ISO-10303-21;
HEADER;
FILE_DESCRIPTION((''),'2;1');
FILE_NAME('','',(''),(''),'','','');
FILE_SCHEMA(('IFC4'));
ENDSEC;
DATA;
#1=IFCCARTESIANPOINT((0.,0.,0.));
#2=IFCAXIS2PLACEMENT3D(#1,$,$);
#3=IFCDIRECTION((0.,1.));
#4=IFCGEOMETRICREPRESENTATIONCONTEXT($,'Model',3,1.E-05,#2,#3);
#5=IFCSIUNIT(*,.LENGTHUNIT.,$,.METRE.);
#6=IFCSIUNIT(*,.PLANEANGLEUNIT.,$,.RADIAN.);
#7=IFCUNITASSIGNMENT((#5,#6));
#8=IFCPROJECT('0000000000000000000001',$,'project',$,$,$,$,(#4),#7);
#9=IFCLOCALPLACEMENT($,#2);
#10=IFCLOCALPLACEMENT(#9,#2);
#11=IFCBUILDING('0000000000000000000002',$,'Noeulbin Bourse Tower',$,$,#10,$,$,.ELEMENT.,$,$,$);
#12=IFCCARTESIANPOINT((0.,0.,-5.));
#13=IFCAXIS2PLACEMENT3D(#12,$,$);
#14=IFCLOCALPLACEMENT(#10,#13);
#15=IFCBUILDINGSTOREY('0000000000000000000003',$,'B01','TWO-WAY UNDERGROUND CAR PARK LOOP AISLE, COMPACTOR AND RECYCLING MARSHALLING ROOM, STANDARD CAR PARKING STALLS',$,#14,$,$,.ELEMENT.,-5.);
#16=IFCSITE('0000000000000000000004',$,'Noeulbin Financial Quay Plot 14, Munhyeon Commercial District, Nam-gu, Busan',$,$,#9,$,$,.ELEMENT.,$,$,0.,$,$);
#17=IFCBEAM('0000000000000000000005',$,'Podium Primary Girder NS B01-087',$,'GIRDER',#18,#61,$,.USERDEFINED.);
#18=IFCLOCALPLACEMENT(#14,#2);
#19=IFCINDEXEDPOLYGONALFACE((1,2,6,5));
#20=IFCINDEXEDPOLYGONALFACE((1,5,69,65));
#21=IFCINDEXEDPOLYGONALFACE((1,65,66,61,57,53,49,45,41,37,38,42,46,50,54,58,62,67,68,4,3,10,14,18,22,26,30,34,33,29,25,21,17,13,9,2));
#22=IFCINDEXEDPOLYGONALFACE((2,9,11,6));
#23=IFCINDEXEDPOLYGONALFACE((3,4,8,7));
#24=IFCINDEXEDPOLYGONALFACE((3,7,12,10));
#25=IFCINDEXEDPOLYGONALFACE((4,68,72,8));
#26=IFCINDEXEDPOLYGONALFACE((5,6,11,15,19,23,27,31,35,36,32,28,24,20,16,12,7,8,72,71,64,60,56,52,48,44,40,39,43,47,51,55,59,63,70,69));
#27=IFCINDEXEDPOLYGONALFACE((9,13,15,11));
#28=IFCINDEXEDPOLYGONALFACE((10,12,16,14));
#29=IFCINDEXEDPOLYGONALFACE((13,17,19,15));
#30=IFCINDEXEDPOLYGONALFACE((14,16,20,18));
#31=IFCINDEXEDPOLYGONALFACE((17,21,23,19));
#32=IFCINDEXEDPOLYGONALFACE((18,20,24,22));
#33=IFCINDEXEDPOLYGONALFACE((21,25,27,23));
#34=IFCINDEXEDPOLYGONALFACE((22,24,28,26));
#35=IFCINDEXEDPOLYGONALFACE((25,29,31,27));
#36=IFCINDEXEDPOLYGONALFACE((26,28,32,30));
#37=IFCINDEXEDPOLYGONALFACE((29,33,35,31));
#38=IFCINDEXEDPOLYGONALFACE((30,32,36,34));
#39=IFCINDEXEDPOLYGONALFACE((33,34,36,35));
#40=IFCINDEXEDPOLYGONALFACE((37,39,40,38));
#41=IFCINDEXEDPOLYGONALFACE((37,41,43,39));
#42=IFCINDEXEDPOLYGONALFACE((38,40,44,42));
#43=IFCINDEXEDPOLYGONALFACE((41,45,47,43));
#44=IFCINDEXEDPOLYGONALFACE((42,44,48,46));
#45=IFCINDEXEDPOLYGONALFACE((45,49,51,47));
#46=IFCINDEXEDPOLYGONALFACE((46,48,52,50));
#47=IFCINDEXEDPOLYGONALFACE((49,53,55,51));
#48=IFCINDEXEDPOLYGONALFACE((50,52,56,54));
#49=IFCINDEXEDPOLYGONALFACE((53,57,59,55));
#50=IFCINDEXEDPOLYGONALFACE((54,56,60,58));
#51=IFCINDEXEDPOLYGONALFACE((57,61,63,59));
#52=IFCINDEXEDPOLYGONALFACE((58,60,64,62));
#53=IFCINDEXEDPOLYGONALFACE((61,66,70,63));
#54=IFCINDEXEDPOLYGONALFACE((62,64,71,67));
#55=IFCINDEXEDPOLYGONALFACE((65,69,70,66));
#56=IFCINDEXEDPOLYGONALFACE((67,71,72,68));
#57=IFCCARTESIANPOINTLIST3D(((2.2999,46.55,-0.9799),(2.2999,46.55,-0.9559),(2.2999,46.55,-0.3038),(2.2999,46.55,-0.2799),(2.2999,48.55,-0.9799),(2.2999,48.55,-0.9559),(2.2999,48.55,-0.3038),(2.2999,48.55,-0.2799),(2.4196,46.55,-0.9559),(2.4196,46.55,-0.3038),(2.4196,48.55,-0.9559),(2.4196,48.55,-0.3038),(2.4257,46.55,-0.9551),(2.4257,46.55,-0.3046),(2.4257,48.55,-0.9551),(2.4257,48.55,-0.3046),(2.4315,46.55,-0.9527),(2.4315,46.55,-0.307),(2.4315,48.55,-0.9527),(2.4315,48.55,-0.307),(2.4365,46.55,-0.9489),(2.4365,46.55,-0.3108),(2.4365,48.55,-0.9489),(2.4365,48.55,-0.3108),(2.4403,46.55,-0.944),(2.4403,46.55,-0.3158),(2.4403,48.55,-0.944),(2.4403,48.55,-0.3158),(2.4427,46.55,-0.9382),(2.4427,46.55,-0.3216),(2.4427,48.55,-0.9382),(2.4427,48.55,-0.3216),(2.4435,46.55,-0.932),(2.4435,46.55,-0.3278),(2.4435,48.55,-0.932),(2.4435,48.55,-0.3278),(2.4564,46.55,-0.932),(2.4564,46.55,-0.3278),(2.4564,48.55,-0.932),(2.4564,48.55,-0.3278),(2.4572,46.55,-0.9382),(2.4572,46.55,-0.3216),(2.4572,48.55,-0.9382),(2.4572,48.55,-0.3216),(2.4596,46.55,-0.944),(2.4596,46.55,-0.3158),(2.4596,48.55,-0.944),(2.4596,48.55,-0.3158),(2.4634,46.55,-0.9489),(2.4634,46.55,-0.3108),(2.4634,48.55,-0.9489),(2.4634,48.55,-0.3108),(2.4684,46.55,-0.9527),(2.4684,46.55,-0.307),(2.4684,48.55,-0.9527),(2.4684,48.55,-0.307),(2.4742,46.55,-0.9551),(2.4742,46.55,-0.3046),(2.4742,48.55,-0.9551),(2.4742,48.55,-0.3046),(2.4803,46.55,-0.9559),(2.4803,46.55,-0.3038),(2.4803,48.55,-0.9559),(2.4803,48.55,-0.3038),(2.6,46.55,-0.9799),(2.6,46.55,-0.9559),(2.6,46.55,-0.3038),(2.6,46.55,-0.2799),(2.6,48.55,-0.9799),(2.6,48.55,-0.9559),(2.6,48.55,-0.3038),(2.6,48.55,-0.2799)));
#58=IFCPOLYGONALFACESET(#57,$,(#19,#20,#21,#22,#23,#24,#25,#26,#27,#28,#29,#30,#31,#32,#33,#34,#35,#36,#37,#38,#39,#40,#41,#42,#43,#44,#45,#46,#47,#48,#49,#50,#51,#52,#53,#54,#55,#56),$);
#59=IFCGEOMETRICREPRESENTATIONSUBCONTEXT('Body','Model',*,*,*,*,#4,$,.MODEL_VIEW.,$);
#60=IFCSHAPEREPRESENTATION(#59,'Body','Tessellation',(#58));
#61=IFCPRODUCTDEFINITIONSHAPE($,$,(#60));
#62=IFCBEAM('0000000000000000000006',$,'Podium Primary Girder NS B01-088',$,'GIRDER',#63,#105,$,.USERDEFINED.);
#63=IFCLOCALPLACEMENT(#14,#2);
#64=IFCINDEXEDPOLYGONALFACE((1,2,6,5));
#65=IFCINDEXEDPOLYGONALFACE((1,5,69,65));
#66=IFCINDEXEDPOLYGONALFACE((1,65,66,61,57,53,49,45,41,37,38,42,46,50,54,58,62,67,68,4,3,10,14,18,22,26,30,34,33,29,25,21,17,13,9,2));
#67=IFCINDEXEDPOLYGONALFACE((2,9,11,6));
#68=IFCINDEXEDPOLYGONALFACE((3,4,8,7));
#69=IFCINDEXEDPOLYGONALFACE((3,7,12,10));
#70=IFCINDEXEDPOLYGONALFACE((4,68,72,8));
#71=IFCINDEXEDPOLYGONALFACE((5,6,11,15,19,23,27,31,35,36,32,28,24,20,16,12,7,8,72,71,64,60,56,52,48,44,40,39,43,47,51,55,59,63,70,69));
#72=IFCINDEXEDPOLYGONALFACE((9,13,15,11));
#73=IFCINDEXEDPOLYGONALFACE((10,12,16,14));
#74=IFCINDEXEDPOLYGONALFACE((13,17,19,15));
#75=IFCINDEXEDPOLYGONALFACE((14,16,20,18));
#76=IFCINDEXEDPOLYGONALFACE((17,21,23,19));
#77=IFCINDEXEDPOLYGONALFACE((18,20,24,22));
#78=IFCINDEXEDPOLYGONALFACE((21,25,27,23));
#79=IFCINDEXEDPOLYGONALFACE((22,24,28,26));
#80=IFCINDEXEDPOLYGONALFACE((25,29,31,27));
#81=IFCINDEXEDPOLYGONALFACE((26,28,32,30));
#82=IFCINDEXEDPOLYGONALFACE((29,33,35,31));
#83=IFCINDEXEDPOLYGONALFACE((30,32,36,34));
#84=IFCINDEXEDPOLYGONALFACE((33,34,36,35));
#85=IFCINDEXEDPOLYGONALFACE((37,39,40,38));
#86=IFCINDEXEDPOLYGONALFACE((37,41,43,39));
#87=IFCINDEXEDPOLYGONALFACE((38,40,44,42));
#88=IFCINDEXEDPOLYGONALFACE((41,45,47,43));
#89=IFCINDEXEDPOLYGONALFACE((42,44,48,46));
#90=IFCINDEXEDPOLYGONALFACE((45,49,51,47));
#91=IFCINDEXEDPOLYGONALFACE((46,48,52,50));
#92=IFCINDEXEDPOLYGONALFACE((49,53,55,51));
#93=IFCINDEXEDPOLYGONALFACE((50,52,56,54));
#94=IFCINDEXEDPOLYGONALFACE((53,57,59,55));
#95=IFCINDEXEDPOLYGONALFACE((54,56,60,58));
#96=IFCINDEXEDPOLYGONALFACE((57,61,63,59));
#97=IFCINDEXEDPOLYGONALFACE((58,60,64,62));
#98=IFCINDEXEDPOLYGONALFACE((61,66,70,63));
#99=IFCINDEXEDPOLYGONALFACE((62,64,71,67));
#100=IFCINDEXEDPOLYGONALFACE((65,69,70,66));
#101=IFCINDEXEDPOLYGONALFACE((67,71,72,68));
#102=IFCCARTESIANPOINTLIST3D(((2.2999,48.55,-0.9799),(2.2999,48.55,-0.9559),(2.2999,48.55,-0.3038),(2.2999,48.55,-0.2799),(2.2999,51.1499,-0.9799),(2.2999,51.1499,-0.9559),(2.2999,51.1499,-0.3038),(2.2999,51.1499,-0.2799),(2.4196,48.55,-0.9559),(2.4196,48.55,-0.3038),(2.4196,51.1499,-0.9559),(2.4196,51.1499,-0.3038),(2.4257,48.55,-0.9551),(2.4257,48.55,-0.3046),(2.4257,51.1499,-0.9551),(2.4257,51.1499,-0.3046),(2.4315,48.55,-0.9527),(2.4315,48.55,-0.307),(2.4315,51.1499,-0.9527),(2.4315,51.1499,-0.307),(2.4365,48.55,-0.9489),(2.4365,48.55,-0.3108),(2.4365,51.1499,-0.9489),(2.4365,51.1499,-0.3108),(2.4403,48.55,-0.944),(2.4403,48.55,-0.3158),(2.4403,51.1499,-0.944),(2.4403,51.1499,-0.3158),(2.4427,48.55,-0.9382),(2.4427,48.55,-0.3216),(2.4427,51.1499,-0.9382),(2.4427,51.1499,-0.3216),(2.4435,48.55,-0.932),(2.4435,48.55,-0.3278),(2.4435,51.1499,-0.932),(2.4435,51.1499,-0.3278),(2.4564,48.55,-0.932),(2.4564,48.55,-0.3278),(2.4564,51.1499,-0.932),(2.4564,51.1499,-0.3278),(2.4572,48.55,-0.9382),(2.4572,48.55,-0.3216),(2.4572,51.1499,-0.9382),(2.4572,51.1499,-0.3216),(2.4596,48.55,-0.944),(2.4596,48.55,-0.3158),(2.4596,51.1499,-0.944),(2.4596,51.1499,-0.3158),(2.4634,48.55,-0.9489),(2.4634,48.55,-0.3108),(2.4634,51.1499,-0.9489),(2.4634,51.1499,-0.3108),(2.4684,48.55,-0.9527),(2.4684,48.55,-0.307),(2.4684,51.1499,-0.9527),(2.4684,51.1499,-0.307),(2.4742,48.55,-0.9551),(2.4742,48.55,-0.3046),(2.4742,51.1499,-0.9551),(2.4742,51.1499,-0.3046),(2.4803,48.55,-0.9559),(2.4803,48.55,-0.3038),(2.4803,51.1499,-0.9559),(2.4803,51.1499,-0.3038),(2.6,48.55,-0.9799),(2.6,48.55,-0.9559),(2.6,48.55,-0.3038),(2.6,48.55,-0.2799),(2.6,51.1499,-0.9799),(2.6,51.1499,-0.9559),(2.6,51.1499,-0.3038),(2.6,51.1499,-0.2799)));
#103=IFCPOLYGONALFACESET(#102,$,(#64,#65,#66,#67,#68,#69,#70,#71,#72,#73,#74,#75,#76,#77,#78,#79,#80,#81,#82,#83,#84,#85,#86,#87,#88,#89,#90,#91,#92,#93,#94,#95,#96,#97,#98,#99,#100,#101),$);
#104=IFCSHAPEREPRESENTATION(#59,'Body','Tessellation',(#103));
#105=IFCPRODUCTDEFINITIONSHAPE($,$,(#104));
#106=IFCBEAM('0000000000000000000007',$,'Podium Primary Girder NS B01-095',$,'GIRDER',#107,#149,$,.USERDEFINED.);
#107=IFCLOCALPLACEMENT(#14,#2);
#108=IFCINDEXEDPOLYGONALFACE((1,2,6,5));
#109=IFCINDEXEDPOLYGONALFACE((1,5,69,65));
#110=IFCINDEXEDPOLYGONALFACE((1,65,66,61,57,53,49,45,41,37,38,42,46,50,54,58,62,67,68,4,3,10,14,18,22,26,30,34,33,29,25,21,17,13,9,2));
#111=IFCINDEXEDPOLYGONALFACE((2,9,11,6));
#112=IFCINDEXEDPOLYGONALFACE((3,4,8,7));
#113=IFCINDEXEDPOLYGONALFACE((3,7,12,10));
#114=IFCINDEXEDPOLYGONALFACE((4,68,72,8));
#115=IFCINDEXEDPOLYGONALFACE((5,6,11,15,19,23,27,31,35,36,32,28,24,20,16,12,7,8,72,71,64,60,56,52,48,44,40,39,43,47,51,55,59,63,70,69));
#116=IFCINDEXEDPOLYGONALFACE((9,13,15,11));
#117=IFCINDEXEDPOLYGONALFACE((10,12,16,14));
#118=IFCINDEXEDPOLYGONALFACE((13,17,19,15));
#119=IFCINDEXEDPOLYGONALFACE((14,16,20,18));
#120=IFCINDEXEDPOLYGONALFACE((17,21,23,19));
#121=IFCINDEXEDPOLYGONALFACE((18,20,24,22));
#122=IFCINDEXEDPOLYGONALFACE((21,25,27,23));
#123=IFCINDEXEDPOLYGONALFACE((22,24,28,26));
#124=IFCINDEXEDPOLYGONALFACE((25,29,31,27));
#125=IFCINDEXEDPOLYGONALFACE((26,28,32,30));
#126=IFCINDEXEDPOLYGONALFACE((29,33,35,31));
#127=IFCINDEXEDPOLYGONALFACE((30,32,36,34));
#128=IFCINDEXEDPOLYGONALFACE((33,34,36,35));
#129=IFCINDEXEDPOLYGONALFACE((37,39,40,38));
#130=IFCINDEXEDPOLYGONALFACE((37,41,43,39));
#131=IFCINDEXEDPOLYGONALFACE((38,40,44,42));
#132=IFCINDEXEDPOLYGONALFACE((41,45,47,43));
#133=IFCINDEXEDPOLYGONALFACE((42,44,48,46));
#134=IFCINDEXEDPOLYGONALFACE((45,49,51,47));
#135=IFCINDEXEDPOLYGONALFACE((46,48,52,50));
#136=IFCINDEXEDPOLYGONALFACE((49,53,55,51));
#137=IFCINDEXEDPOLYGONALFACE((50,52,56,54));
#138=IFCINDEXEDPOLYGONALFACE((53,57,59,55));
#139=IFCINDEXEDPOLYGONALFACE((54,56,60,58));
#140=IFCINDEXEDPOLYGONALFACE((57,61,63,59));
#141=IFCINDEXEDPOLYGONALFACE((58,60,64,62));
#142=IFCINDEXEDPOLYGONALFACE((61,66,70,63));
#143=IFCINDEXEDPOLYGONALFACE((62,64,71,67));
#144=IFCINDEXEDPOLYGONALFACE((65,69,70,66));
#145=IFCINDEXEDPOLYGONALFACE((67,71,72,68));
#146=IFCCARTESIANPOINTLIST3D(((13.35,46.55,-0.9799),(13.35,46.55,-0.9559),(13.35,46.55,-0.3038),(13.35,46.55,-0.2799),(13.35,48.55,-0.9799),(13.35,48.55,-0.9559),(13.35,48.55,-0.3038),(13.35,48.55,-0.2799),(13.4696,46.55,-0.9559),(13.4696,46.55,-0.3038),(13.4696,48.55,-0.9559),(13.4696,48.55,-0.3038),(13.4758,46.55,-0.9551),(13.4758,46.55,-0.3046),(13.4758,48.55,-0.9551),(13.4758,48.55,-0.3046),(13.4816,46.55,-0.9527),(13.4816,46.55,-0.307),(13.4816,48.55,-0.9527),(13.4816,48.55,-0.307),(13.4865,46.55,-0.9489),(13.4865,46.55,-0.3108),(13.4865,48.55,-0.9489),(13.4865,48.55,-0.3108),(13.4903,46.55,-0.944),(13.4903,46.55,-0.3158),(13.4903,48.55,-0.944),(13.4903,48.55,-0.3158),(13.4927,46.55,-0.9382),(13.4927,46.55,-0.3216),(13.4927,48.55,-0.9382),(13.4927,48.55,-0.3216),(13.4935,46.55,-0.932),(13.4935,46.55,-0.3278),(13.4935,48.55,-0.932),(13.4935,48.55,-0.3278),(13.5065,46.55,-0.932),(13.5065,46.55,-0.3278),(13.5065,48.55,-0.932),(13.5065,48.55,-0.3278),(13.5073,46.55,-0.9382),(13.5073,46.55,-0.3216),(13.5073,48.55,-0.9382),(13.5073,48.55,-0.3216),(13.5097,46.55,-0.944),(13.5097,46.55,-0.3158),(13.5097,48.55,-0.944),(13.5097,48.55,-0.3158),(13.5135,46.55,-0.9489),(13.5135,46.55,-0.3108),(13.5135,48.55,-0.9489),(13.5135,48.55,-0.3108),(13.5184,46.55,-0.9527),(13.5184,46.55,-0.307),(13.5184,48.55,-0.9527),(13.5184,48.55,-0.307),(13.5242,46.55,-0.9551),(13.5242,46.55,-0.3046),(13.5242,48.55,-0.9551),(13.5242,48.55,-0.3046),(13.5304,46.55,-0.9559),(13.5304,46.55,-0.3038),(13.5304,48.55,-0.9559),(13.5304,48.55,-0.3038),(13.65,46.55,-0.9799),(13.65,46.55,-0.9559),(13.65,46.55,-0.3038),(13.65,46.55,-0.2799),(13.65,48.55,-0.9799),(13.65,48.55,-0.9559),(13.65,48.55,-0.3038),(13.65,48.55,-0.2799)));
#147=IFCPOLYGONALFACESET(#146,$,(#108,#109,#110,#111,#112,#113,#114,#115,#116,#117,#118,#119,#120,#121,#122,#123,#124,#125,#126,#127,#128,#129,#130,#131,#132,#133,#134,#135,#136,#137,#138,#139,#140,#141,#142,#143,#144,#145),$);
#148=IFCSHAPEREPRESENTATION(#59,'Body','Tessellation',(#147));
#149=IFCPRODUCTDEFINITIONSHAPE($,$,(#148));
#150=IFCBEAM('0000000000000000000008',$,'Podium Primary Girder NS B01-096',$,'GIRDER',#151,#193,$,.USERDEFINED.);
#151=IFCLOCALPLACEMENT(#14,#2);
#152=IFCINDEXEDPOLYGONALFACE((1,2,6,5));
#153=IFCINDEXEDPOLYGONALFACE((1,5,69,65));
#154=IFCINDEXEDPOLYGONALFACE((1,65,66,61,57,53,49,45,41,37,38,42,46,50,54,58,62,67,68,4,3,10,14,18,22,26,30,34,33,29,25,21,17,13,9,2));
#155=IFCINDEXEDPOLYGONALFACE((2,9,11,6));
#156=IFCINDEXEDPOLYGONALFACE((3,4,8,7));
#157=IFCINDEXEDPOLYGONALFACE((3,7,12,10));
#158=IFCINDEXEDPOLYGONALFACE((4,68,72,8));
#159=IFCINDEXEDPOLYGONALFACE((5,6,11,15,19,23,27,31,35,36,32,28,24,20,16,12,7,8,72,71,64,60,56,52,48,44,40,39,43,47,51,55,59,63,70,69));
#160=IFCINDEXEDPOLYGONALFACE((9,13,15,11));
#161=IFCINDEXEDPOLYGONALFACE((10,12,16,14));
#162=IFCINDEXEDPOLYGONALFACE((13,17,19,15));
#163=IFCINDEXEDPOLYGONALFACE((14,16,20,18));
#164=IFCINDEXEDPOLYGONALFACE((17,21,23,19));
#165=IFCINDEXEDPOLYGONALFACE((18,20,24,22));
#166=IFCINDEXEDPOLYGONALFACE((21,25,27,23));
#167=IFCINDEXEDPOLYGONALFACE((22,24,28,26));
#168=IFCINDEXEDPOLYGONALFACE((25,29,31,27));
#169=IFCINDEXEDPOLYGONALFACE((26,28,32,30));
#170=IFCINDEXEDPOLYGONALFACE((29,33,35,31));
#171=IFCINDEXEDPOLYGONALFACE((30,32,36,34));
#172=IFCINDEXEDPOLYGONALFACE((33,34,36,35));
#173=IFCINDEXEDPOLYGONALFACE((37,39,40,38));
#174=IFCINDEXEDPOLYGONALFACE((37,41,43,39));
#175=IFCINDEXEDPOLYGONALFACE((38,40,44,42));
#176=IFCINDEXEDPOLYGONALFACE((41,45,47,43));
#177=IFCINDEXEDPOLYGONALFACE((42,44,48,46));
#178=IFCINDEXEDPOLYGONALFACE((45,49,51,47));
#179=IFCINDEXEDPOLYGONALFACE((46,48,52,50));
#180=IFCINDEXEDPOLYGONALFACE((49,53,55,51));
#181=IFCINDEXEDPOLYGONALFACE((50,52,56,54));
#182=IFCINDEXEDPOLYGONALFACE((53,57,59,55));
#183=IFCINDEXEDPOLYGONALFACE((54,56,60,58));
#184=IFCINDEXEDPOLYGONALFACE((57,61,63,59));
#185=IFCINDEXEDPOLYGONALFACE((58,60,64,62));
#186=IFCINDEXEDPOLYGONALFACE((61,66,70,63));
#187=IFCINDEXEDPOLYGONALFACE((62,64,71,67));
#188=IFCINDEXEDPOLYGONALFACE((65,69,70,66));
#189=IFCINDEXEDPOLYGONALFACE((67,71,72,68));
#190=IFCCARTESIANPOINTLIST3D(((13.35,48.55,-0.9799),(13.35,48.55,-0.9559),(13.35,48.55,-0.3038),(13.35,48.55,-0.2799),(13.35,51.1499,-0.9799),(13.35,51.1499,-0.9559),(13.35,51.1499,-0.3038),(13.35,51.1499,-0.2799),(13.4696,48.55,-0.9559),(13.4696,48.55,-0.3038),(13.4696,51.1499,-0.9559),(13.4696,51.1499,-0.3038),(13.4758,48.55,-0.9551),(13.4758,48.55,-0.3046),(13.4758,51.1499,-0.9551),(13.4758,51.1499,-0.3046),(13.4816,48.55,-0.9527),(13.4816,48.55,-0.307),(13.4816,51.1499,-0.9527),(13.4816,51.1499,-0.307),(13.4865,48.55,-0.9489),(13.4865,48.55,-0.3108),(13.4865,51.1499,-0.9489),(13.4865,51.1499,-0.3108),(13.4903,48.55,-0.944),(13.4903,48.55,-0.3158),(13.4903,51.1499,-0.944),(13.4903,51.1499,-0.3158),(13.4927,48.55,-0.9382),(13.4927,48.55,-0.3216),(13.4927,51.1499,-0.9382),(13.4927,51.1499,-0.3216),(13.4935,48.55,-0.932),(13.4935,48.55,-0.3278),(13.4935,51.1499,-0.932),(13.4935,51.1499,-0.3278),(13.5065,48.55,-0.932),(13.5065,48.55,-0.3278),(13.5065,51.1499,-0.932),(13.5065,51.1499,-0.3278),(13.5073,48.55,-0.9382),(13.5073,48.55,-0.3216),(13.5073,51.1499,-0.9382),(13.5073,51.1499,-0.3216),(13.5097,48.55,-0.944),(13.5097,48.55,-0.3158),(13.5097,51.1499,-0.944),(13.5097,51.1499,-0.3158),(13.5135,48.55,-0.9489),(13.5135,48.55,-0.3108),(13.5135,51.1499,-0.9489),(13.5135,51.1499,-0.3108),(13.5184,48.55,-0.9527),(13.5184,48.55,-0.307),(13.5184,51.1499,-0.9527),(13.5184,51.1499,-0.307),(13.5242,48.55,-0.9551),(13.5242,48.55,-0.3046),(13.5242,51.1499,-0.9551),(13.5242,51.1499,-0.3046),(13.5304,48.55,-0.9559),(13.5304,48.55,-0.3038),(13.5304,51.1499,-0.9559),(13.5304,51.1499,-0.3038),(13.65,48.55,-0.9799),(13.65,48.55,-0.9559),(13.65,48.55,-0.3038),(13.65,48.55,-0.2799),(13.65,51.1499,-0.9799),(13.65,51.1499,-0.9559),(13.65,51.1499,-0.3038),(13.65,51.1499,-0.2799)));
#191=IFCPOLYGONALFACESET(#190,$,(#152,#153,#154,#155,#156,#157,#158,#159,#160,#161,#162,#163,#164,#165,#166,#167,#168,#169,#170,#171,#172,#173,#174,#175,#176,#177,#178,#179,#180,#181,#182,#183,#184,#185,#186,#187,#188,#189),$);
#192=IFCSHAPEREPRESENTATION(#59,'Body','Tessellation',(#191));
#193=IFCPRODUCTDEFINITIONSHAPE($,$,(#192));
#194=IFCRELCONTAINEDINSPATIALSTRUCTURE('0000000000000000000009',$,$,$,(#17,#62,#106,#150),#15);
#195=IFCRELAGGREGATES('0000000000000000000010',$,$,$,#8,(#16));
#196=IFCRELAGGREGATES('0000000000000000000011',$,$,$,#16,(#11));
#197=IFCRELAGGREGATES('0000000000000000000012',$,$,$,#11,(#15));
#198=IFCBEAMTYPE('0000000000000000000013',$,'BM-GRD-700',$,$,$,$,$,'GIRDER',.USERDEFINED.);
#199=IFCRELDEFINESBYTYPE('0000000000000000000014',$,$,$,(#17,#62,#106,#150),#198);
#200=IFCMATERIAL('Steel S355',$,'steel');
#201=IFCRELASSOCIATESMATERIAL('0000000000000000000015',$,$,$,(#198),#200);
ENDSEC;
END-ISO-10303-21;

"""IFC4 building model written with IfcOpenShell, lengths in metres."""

from ifc_helpers import new_model, si_unit, direction, frame, origin, origin_2d, place, context, subcontext, project, spatial, i_section, extrude, material, material_profile, profile_set, type_object, element, save


model = new_model("IFC4")

# Units and contexts
model_context = context("Model", 3, precision=1e-05, world=origin(), true_north=direction((0.0, 1.0)))
body_context = subcontext(model_context, "Body", "Model", "MODEL_VIEW")
ifc_project = project(units=[si_unit("LENGTHUNIT", "METRE"), si_unit("PLANEANGLEUNIT", "RADIAN")], contexts=[model_context])

# Site, building, storey
site_placement = place(None, origin())
site = spatial("IfcSite", under=ifc_project, at=site_placement, Name="Noeulbin Financial Quay Plot 14, Munhyeon Commercial District, Nam-gu, Busan", CompositionType="ELEMENT", RefElevation=0.0)
building_placement = place(site_placement, origin())
building = spatial("IfcBuilding", under=site, at=building_placement, Name="Noeulbin Bourse Tower", CompositionType="ELEMENT")
storey_placement = place(building_placement, frame((0.0, 0.0, -5.0)))
storey = spatial("IfcBuildingStorey", under=building, at=storey_placement, Name="B01", Description="TWO-WAY UNDERGROUND CAR PARK LOOP AISLE, COMPACTOR AND RECYCLING MARSHALLING ROOM, STANDARD CAR PARKING STALLS", CompositionType="ELEMENT", Elevation=-5.0)

# Beams
ifc_material_1 = material(Name="Steel S355", Category="steel")
ifc_material_profile_1 = material_profile(ifc_material_1, i_section(OverallWidth=0.3, OverallDepth=0.7, WebThickness=0.0129, FlangeThickness=0.0239, FilletRadius=0.0239, at=origin_2d()), Name="H-700x300x13x24", Category="LoadBearing")
ifc_profile_set_1 = profile_set([ifc_material_profile_1], Name="Steel S355")
beam_type_1 = type_object("IfcBeamType", Name="BM-GRD-700", ElementType="GIRDER", PredefinedType="USERDEFINED", material=ifc_profile_set_1)
beam_1_placement = place(storey_placement, frame((2.45, 46.55, -0.6299), z_axis=(0.0, 1.0, 0.0), x_axis=(-1.0, 0.0, 0.0)))
element("IfcBeam", 1, at=beam_1_placement, inside=storey, type_object=beam_type_1, Name="Podium Primary Girder NS B01-087", ObjectType="GIRDER", PredefinedType="USERDEFINED", context=body_context, shape_type="SweptSolid", body=[
    extrude(i_section(OverallWidth=0.3, OverallDepth=0.7, WebThickness=0.0129, FlangeThickness=0.0239, FilletRadius=0.0239, at=origin_2d()), origin(), (0.0, 0.0, 1.0), 2.0),
])
beam_2_placement = place(storey_placement, frame((2.45, 48.55, -0.6299), z_axis=(0.0, 1.0, 0.0), x_axis=(-1.0, 0.0, 0.0)))
element("IfcBeam", 2, at=beam_2_placement, inside=storey, type_object=beam_type_1, Name="Podium Primary Girder NS B01-088", ObjectType="GIRDER", PredefinedType="USERDEFINED", context=body_context, shape_type="SweptSolid", body=[
    extrude(i_section(OverallWidth=0.3, OverallDepth=0.7, WebThickness=0.0129, FlangeThickness=0.0239, FilletRadius=0.0239, at=origin_2d()), origin(), (0.0, 0.0, 1.0), 2.5999),
])
beam_3_placement = place(storey_placement, frame((13.5, 46.55, -0.6299), z_axis=(0.0, 1.0, 0.0), x_axis=(-1.0, 0.0, 0.0)))
element("IfcBeam", 3, at=beam_3_placement, inside=storey, type_object=beam_type_1, Name="Podium Primary Girder NS B01-095", ObjectType="GIRDER", PredefinedType="USERDEFINED", context=body_context, shape_type="SweptSolid", body=[
    extrude(i_section(OverallWidth=0.3, OverallDepth=0.7, WebThickness=0.0129, FlangeThickness=0.0239, FilletRadius=0.0239, at=origin_2d()), origin(), (0.0, 0.0, 1.0), 2.0),
])
beam_4_placement = place(storey_placement, frame((13.5, 48.55, -0.6299), z_axis=(0.0, 1.0, 0.0), x_axis=(-1.0, 0.0, 0.0)))
element("IfcBeam", 4, at=beam_4_placement, inside=storey, type_object=beam_type_1, Name="Podium Primary Girder NS B01-096", ObjectType="GIRDER", PredefinedType="USERDEFINED", context=body_context, shape_type="SweptSolid", body=[
    extrude(i_section(OverallWidth=0.3, OverallDepth=0.7, WebThickness=0.0129, FlangeThickness=0.0239, FilletRadius=0.0239, at=origin_2d()), origin(), (0.0, 0.0, 1.0), 2.5999),
])

save(model, "model.ifc")
